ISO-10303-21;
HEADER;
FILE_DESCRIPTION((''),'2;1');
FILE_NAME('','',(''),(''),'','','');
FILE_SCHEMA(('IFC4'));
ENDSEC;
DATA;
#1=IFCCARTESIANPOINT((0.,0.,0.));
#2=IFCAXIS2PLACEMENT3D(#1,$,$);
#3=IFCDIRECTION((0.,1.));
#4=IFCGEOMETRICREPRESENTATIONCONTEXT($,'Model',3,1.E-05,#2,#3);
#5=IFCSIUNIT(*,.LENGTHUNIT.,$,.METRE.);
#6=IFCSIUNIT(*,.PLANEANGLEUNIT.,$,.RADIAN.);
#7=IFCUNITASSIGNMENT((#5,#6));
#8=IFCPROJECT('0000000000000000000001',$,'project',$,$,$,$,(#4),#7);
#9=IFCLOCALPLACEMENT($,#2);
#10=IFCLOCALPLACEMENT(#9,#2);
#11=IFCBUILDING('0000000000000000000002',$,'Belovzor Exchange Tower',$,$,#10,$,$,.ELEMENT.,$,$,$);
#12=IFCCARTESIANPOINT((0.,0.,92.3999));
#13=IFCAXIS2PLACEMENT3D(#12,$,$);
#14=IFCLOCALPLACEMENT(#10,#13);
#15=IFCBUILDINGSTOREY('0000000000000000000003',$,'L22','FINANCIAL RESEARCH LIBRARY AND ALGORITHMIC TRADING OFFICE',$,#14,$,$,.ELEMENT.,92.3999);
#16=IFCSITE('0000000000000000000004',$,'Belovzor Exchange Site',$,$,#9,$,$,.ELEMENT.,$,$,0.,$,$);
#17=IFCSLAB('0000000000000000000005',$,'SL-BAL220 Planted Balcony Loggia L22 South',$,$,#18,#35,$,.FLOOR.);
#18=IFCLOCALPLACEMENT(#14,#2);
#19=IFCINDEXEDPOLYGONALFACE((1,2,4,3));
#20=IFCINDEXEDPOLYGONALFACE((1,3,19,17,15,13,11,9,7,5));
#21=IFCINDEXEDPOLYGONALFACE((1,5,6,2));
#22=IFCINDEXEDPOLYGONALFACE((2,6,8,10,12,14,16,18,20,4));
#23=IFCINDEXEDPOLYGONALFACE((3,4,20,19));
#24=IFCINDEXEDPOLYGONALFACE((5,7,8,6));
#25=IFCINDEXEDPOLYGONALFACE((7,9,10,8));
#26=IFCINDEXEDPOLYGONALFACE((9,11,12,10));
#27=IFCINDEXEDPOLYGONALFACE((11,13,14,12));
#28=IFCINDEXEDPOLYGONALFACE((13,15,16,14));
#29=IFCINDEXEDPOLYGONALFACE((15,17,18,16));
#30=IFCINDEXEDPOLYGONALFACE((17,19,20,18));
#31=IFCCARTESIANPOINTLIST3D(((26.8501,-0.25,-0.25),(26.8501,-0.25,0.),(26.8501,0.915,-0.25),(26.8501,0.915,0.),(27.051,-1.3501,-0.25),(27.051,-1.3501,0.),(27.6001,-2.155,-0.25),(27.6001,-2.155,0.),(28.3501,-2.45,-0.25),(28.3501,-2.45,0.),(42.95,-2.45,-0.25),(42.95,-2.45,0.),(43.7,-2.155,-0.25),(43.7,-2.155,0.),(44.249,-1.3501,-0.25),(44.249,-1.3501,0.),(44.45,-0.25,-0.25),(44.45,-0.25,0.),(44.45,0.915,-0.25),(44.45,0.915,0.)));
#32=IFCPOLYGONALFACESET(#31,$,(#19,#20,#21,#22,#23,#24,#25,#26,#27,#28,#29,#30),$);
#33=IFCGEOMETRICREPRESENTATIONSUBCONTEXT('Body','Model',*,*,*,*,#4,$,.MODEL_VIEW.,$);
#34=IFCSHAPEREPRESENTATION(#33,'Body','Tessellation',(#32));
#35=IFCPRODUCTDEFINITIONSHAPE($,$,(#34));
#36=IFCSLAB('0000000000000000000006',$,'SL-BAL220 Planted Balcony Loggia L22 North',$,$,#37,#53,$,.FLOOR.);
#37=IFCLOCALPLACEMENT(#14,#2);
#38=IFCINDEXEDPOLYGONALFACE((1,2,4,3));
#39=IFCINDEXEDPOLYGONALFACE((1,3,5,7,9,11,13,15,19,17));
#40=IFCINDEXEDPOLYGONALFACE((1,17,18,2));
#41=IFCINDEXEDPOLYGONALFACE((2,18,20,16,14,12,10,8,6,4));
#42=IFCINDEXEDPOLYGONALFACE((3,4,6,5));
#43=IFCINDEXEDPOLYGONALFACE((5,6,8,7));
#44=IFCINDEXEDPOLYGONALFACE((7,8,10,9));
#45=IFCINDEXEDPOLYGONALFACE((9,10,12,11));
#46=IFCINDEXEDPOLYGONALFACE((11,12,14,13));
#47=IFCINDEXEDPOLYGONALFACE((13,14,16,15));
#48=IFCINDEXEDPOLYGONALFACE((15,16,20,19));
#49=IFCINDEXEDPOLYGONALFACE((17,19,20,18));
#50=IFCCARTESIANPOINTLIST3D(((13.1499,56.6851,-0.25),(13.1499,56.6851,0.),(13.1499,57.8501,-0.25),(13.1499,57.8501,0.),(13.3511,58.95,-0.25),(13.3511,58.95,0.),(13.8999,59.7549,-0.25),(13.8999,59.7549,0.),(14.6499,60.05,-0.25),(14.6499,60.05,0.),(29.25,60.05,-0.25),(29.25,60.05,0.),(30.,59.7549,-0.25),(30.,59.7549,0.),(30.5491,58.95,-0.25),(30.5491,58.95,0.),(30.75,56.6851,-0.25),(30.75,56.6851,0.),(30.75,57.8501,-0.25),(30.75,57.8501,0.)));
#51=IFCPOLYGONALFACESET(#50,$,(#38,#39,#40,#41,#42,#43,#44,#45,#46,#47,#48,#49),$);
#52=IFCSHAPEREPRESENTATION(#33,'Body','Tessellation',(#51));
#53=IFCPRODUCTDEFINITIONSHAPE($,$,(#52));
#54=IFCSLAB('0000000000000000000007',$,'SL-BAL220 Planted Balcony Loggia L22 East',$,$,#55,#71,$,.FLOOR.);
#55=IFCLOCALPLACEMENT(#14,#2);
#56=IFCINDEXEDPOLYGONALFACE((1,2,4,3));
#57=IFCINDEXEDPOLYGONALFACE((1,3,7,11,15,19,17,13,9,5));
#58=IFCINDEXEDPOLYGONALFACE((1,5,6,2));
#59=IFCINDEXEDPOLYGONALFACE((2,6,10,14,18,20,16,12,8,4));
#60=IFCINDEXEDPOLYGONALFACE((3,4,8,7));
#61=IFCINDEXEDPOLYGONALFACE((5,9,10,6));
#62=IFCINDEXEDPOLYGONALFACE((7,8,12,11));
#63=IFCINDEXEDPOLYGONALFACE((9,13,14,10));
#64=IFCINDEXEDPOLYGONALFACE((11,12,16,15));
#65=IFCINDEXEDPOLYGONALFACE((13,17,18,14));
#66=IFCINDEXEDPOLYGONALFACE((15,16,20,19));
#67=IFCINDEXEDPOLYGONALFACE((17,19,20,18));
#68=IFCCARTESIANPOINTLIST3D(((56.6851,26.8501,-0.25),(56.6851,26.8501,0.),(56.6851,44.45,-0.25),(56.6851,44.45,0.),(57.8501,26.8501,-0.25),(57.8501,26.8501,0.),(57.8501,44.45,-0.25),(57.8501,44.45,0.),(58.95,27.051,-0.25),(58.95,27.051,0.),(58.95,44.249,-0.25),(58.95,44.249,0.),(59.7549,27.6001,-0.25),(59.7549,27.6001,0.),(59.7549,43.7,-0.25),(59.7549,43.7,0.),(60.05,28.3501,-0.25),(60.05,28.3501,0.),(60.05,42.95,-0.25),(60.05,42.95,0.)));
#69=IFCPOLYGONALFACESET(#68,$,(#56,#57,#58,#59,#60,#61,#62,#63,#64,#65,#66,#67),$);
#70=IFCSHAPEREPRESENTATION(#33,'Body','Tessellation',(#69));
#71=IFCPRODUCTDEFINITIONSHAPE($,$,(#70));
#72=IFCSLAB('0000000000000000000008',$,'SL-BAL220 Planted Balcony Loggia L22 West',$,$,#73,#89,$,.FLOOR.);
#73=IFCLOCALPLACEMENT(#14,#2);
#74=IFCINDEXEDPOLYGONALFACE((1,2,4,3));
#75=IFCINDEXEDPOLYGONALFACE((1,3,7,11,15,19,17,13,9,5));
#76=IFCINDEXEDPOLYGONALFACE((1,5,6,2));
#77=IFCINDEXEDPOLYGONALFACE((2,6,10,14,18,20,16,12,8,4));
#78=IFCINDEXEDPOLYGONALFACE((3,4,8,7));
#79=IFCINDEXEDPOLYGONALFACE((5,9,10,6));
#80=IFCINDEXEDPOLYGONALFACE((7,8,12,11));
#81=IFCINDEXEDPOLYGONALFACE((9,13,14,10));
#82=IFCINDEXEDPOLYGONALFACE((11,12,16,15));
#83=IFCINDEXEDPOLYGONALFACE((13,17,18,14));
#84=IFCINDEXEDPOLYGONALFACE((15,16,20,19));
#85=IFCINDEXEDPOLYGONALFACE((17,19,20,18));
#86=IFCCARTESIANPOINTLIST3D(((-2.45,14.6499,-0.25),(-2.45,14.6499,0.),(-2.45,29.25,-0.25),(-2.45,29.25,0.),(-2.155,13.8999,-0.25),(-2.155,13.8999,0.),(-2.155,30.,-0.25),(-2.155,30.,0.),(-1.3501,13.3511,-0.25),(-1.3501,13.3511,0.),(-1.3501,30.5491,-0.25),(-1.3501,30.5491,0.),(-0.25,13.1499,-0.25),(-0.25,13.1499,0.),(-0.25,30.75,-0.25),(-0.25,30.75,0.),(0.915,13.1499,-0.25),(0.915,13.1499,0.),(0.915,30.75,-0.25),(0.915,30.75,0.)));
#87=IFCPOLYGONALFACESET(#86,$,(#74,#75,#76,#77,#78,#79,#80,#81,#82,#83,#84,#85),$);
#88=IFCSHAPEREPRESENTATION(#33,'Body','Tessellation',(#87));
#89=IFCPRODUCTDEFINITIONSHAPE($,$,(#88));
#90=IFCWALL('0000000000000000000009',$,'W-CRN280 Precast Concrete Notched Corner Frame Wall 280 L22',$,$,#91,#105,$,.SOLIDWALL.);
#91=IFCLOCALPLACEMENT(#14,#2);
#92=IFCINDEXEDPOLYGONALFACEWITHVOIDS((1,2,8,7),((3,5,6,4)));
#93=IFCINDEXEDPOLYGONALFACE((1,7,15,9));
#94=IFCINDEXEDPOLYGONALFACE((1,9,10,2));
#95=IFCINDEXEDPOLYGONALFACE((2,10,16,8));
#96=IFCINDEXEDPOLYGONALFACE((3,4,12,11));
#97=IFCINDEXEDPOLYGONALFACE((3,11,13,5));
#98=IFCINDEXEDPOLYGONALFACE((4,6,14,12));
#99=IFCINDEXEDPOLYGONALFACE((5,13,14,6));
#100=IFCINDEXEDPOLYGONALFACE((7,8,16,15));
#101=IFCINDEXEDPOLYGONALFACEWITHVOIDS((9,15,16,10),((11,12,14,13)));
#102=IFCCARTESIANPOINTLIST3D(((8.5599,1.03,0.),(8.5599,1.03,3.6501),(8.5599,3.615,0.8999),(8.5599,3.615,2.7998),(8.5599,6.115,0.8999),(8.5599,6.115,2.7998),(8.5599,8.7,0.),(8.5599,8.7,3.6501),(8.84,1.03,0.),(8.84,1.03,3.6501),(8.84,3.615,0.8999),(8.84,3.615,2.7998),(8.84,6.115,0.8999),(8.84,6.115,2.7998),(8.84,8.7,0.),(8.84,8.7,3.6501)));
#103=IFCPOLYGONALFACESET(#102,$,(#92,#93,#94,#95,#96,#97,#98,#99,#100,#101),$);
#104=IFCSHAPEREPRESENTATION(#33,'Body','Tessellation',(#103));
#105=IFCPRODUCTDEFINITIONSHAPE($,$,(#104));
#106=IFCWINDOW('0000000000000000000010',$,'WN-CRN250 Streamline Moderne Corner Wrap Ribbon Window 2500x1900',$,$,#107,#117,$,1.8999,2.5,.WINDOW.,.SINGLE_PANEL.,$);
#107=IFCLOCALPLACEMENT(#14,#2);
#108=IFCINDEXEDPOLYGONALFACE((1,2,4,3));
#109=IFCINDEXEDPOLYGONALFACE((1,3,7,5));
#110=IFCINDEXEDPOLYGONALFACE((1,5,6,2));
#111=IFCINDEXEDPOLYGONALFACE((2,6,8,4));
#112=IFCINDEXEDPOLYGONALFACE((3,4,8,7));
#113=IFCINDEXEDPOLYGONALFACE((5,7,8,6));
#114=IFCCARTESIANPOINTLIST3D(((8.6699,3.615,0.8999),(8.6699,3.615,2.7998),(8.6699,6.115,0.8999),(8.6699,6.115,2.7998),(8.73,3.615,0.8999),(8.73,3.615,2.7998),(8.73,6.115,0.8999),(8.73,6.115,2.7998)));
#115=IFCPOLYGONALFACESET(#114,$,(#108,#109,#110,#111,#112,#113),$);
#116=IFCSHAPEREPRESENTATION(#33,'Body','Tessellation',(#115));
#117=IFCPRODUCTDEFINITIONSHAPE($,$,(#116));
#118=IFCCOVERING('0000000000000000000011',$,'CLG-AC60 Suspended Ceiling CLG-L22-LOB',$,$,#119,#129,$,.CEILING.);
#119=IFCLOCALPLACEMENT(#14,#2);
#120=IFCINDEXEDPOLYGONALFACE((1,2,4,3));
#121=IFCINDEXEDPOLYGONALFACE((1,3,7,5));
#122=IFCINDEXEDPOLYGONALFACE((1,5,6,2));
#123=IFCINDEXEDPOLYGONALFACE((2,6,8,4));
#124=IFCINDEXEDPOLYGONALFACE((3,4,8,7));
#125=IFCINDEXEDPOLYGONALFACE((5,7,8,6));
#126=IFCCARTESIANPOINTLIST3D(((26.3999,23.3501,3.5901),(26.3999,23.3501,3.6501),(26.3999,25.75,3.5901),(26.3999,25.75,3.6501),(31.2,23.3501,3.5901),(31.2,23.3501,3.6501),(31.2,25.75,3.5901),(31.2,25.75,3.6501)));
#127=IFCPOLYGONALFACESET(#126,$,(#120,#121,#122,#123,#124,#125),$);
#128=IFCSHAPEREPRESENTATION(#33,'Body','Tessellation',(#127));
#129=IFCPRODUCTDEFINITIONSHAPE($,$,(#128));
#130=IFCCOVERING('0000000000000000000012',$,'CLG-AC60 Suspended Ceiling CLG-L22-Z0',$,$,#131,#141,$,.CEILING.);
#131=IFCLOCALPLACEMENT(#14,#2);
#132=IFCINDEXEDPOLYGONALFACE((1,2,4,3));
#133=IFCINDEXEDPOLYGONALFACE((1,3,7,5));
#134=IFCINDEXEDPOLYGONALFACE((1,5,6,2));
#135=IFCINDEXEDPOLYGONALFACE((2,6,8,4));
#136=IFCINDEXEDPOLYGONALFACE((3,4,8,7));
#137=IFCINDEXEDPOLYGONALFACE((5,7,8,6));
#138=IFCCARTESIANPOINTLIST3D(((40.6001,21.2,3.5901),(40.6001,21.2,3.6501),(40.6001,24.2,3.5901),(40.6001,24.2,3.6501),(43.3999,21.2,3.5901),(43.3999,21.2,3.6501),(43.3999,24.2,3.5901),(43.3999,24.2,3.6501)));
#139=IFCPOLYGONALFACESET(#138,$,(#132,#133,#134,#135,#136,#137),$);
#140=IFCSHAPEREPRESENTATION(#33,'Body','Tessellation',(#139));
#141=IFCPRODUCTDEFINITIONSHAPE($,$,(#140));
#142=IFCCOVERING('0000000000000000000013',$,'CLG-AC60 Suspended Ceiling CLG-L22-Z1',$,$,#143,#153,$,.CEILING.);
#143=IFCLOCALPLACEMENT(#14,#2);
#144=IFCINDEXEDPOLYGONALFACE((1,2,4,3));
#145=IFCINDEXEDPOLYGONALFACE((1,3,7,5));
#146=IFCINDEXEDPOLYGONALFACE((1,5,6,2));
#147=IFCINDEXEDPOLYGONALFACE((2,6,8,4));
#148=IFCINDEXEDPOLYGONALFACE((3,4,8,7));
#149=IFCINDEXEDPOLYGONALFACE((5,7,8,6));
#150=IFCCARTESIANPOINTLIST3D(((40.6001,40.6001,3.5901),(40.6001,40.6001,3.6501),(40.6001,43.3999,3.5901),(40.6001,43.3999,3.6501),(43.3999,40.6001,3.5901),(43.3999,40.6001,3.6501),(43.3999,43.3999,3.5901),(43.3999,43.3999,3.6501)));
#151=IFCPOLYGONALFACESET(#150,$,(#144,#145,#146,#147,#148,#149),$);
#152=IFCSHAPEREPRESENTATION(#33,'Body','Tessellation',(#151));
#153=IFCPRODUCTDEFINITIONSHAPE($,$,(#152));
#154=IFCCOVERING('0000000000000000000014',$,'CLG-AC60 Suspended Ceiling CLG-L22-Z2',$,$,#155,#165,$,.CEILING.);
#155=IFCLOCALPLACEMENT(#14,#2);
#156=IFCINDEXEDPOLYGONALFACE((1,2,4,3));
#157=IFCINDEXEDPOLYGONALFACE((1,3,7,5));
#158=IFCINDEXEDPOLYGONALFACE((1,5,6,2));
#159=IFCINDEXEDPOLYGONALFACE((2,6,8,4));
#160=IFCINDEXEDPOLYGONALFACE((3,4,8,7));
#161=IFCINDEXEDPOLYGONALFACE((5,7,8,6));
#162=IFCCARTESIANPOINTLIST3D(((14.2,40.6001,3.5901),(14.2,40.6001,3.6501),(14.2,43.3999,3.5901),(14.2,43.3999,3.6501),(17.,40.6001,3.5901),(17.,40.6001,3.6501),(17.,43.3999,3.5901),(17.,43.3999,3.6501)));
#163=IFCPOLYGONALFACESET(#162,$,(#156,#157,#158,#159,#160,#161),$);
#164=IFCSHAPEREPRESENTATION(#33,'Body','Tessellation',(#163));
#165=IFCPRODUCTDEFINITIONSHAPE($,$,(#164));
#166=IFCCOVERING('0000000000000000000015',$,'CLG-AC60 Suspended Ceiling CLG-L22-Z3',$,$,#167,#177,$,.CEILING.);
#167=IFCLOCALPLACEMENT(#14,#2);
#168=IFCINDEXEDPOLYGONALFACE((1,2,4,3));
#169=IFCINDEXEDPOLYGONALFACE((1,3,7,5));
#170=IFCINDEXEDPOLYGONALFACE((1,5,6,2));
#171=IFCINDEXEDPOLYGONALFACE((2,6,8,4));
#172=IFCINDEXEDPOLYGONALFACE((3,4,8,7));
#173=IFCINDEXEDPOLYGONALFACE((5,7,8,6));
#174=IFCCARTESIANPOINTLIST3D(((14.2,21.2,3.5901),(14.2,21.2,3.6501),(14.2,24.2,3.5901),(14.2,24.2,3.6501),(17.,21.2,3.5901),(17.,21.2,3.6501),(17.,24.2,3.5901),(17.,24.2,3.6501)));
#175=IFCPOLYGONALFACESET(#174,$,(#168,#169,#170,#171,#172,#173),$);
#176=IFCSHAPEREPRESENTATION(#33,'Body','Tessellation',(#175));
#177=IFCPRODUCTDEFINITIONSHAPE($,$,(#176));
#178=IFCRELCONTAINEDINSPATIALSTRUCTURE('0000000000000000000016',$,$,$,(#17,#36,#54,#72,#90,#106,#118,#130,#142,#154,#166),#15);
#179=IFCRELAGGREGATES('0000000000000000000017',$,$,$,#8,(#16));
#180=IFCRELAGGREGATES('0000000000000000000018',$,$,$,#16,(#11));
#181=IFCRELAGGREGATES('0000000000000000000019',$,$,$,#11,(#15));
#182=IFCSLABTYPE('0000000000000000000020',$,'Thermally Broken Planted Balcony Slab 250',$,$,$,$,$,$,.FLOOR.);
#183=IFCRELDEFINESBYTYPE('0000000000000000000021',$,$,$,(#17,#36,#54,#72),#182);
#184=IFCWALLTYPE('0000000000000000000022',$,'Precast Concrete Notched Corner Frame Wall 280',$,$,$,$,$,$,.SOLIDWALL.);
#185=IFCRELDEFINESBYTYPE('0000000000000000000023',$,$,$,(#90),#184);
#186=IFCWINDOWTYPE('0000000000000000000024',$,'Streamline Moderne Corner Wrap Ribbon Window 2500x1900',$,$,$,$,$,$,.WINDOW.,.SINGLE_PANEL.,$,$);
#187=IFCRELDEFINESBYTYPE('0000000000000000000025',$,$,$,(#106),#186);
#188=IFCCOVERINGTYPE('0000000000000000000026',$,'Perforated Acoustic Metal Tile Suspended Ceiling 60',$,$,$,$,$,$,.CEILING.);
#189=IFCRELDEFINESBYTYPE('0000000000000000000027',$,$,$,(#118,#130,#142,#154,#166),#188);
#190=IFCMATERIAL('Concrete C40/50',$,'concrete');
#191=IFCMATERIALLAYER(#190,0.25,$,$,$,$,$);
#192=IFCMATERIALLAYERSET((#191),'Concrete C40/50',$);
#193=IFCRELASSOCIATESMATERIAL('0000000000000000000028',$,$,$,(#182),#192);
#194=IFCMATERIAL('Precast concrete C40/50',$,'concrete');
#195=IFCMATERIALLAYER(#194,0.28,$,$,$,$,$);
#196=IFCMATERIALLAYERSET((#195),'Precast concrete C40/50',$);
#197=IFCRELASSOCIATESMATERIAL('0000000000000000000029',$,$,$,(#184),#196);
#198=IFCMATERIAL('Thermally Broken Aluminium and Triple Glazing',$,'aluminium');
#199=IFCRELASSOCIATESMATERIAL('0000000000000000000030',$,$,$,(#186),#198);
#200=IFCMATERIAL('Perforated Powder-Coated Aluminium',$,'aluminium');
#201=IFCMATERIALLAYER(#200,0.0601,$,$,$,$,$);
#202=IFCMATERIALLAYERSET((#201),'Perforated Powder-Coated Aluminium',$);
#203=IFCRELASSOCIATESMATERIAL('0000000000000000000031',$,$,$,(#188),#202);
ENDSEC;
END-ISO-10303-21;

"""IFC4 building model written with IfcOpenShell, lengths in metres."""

from ifc_helpers import new_model, si_unit, direction, frame, frame_2d, origin, place, context, subcontext, project, spatial, polyline, rectangle, outline, extrude, material, layer, layer_set, type_object, element, fill, save


model = new_model("IFC4")

# Units and contexts
model_context = context("Model", 3, precision=1e-05, world=origin(), true_north=direction((0.0, 1.0)))
body_context = subcontext(model_context, "Body", "Model", "MODEL_VIEW")
ifc_project = project(units=[si_unit("LENGTHUNIT", "METRE"), si_unit("PLANEANGLEUNIT", "RADIAN")], contexts=[model_context])

# Site, building, storey
site_placement = place(None, origin())
site = spatial("IfcSite", under=ifc_project, at=site_placement, Name="Belovzor Exchange Site", CompositionType="ELEMENT", RefElevation=0.0)
building_placement = place(site_placement, origin())
building = spatial("IfcBuilding", under=site, at=building_placement, Name="Belovzor Exchange Tower", CompositionType="ELEMENT")
storey_placement = place(building_placement, frame((0.0, 0.0, 92.3999)))
storey = spatial("IfcBuildingStorey", under=building, at=storey_placement, Name="L22", Description="FINANCIAL RESEARCH LIBRARY AND ALGORITHMIC TRADING OFFICE", CompositionType="ELEMENT", Elevation=92.3999)

# Slabs
ifc_material_1 = material(Name="Concrete C40/50", Category="concrete")
ifc_layer_1 = layer(ifc_material_1, 0.25)
ifc_layer_set_1 = layer_set([ifc_layer_1], Name="Concrete C40/50")
slab_type_1 = type_object("IfcSlabType", Name="Thermally Broken Planted Balcony Slab 250", PredefinedType="FLOOR", material=ifc_layer_set_1)
slab_1_placement = place(storey_placement, frame((0.0, 0.0, -0.25)))
element("IfcSlab", 1, at=slab_1_placement, inside=storey, type_object=slab_type_1, Name="SL-BAL220 Planted Balcony Loggia L22 South", PredefinedType="FLOOR", context=body_context, shape_type="SweptSolid", body=[
    extrude(outline(polyline([(26.8501, 0.915), (26.8501, -0.25), (27.051, -1.3501), (27.6001, -2.155), (28.3501, -2.45), (42.95, -2.45), (43.7, -2.155), (44.249, -1.3501), (44.45, -0.25), (44.45, 0.915), (26.8501, 0.915)])), origin(), (0.0, 0.0, 1.0), 0.25),
])
slab_2_placement = place(storey_placement, frame((0.0, 0.0, -0.25)))
element("IfcSlab", 2, at=slab_2_placement, inside=storey, type_object=slab_type_1, Name="SL-BAL220 Planted Balcony Loggia L22 North", PredefinedType="FLOOR", context=body_context, shape_type="SweptSolid", body=[
    extrude(outline(polyline([(30.75, 56.6851), (30.75, 57.8501), (30.5491, 58.95), (30.0, 59.7549), (29.25, 60.05), (14.6499, 60.05), (13.8999, 59.7549), (13.3511, 58.95), (13.1499, 57.8501), (13.1499, 56.6851), (30.75, 56.6851)])), origin(), (0.0, 0.0, 1.0), 0.25),
])
slab_3_placement = place(storey_placement, frame((0.0, 0.0, -0.25)))
element("IfcSlab", 3, at=slab_3_placement, inside=storey, type_object=slab_type_1, Name="SL-BAL220 Planted Balcony Loggia L22 East", PredefinedType="FLOOR", context=body_context, shape_type="SweptSolid", body=[
    extrude(outline(polyline([(56.6851, 26.8501), (57.8501, 26.8501), (58.95, 27.051), (59.7549, 27.6001), (60.05, 28.3501), (60.05, 42.95), (59.7549, 43.7), (58.95, 44.249), (57.8501, 44.45), (56.6851, 44.45), (56.6851, 26.8501)])), origin(), (0.0, 0.0, 1.0), 0.25),
])
slab_4_placement = place(storey_placement, frame((0.0, 0.0, -0.25)))
element("IfcSlab", 4, at=slab_4_placement, inside=storey, type_object=slab_type_1, Name="SL-BAL220 Planted Balcony Loggia L22 West", PredefinedType="FLOOR", context=body_context, shape_type="SweptSolid", body=[
    extrude(outline(polyline([(0.915, 30.75), (-0.25, 30.75), (-1.3501, 30.5491), (-2.155, 30.0), (-2.45, 29.25), (-2.45, 14.6499), (-2.155, 13.8999), (-1.3501, 13.3511), (-0.25, 13.1499), (0.915, 13.1499), (0.915, 30.75)])), origin(), (0.0, 0.0, 1.0), 0.25),
])

# Wall, opening, window
ifc_material_2 = material(Name="Precast concrete C40/50", Category="concrete")
ifc_layer_2 = layer(ifc_material_2, 0.28)
ifc_layer_set_2 = layer_set([ifc_layer_2], Name="Precast concrete C40/50")
wall_type = type_object("IfcWallType", Name="Precast Concrete Notched Corner Frame Wall 280", PredefinedType="SOLIDWALL", material=ifc_layer_set_2)
wall_placement = place(storey_placement, frame((8.7, 1.03, 0.0), z_axis=(0.0, 0.0, 1.0), x_axis=(0.0, 1.0, 0.0)))
wall = element("IfcWall", 5, at=wall_placement, inside=storey, type_object=wall_type, Name="W-CRN280 Precast Concrete Notched Corner Frame Wall 280 L22", PredefinedType="SOLIDWALL", context=body_context, shape_type="SweptSolid", body=[
    extrude(rectangle(XDim=7.6699, YDim=0.28, at=frame_2d((3.835, 0.0))), origin(), (0.0, 0.0, 1.0), 3.6501),
])
opening_placement = place(wall_placement, frame((2.585, 0.0, 0.8999)))
opening = element("IfcOpeningElement", 6, at=opening_placement, cuts=wall, PredefinedType="OPENING", context=body_context, shape_type="SweptSolid", body=[
    extrude(rectangle(XDim=2.5, YDim=1.8999, at=frame_2d((1.25, 0.95))), frame((0.0, 0.1499, 0.0), z_axis=(0.0, -1.0, 0.0), x_axis=(1.0, 0.0, 0.0)), (0.0, 0.0, 1.0), 0.3),
])
ifc_material_3 = material(Name="Thermally Broken Aluminium and Triple Glazing", Category="aluminium")
window_type = type_object("IfcWindowType", Name="Streamline Moderne Corner Wrap Ribbon Window 2500x1900", PartitioningType="SINGLE_PANEL", PredefinedType="WINDOW", material=ifc_material_3)
window_placement = place(opening_placement, origin())
window = element("IfcWindow", 7, at=window_placement, inside=storey, type_object=window_type, Name="WN-CRN250 Streamline Moderne Corner Wrap Ribbon Window 2500x1900", OverallHeight=1.8999, OverallWidth=2.5, PartitioningType="SINGLE_PANEL", PredefinedType="WINDOW", context=body_context, shape_type="SweptSolid", body=[
    extrude(rectangle(XDim=2.5, YDim=1.8999, at=frame_2d((1.25, 0.95))), frame((0.0, 0.03, 0.0), z_axis=(0.0, -1.0, 0.0), x_axis=(1.0, 0.0, 0.0)), (0.0, 0.0, 1.0), 0.0601),
])
fill(opening, window)

# Coverings
ifc_material_4 = material(Name="Perforated Powder-Coated Aluminium", Category="aluminium")
ifc_layer_3 = layer(ifc_material_4, 0.0601)
ifc_layer_set_3 = layer_set([ifc_layer_3], Name="Perforated Powder-Coated Aluminium")
covering_type_1 = type_object("IfcCoveringType", Name="Perforated Acoustic Metal Tile Suspended Ceiling 60", PredefinedType="CEILING", material=ifc_layer_set_3)
covering_1_placement = place(storey_placement, frame((0.0, 0.0, 3.5901)))
element("IfcCovering", 8, at=covering_1_placement, inside=storey, type_object=covering_type_1, Name="CLG-AC60 Suspended Ceiling CLG-L22-LOB", PredefinedType="CEILING", context=body_context, shape_type="SweptSolid", body=[
    extrude(outline(polyline([(26.3999, 23.3501), (31.2, 23.3501), (31.2, 25.75), (26.3999, 25.75), (26.3999, 23.3501)])), origin(), (0.0, 0.0, 1.0), 0.0601),
])
covering_2_placement = place(storey_placement, frame((0.0, 0.0, 3.5901)))
element("IfcCovering", 9, at=covering_2_placement, inside=storey, type_object=covering_type_1, Name="CLG-AC60 Suspended Ceiling CLG-L22-Z0", PredefinedType="CEILING", context=body_context, shape_type="SweptSolid", body=[
    extrude(outline(polyline([(40.6001, 21.2), (43.3999, 21.2), (43.3999, 24.2), (40.6001, 24.2), (40.6001, 21.2)])), origin(), (0.0, 0.0, 1.0), 0.0601),
])
covering_3_placement = place(storey_placement, frame((0.0, 0.0, 3.5901)))
element("IfcCovering", 10, at=covering_3_placement, inside=storey, type_object=covering_type_1, Name="CLG-AC60 Suspended Ceiling CLG-L22-Z1", PredefinedType="CEILING", context=body_context, shape_type="SweptSolid", body=[
    extrude(outline(polyline([(40.6001, 40.6001), (43.3999, 40.6001), (43.3999, 43.3999), (40.6001, 43.3999), (40.6001, 40.6001)])), origin(), (0.0, 0.0, 1.0), 0.0601),
])
covering_4_placement = place(storey_placement, frame((0.0, 0.0, 3.5901)))
element("IfcCovering", 11, at=covering_4_placement, inside=storey, type_object=covering_type_1, Name="CLG-AC60 Suspended Ceiling CLG-L22-Z2", PredefinedType="CEILING", context=body_context, shape_type="SweptSolid", body=[
    extrude(outline(polyline([(14.2, 40.6001), (17.0, 40.6001), (17.0, 43.3999), (14.2, 43.3999), (14.2, 40.6001)])), origin(), (0.0, 0.0, 1.0), 0.0601),
])
covering_5_placement = place(storey_placement, frame((0.0, 0.0, 3.5901)))
element("IfcCovering", 12, at=covering_5_placement, inside=storey, type_object=covering_type_1, Name="CLG-AC60 Suspended Ceiling CLG-L22-Z3", PredefinedType="CEILING", context=body_context, shape_type="SweptSolid", body=[
    extrude(outline(polyline([(14.2, 21.2), (17.0, 21.2), (17.0, 24.2), (14.2, 24.2), (14.2, 21.2)])), origin(), (0.0, 0.0, 1.0), 0.0601),
])

save(model, "model.ifc")
